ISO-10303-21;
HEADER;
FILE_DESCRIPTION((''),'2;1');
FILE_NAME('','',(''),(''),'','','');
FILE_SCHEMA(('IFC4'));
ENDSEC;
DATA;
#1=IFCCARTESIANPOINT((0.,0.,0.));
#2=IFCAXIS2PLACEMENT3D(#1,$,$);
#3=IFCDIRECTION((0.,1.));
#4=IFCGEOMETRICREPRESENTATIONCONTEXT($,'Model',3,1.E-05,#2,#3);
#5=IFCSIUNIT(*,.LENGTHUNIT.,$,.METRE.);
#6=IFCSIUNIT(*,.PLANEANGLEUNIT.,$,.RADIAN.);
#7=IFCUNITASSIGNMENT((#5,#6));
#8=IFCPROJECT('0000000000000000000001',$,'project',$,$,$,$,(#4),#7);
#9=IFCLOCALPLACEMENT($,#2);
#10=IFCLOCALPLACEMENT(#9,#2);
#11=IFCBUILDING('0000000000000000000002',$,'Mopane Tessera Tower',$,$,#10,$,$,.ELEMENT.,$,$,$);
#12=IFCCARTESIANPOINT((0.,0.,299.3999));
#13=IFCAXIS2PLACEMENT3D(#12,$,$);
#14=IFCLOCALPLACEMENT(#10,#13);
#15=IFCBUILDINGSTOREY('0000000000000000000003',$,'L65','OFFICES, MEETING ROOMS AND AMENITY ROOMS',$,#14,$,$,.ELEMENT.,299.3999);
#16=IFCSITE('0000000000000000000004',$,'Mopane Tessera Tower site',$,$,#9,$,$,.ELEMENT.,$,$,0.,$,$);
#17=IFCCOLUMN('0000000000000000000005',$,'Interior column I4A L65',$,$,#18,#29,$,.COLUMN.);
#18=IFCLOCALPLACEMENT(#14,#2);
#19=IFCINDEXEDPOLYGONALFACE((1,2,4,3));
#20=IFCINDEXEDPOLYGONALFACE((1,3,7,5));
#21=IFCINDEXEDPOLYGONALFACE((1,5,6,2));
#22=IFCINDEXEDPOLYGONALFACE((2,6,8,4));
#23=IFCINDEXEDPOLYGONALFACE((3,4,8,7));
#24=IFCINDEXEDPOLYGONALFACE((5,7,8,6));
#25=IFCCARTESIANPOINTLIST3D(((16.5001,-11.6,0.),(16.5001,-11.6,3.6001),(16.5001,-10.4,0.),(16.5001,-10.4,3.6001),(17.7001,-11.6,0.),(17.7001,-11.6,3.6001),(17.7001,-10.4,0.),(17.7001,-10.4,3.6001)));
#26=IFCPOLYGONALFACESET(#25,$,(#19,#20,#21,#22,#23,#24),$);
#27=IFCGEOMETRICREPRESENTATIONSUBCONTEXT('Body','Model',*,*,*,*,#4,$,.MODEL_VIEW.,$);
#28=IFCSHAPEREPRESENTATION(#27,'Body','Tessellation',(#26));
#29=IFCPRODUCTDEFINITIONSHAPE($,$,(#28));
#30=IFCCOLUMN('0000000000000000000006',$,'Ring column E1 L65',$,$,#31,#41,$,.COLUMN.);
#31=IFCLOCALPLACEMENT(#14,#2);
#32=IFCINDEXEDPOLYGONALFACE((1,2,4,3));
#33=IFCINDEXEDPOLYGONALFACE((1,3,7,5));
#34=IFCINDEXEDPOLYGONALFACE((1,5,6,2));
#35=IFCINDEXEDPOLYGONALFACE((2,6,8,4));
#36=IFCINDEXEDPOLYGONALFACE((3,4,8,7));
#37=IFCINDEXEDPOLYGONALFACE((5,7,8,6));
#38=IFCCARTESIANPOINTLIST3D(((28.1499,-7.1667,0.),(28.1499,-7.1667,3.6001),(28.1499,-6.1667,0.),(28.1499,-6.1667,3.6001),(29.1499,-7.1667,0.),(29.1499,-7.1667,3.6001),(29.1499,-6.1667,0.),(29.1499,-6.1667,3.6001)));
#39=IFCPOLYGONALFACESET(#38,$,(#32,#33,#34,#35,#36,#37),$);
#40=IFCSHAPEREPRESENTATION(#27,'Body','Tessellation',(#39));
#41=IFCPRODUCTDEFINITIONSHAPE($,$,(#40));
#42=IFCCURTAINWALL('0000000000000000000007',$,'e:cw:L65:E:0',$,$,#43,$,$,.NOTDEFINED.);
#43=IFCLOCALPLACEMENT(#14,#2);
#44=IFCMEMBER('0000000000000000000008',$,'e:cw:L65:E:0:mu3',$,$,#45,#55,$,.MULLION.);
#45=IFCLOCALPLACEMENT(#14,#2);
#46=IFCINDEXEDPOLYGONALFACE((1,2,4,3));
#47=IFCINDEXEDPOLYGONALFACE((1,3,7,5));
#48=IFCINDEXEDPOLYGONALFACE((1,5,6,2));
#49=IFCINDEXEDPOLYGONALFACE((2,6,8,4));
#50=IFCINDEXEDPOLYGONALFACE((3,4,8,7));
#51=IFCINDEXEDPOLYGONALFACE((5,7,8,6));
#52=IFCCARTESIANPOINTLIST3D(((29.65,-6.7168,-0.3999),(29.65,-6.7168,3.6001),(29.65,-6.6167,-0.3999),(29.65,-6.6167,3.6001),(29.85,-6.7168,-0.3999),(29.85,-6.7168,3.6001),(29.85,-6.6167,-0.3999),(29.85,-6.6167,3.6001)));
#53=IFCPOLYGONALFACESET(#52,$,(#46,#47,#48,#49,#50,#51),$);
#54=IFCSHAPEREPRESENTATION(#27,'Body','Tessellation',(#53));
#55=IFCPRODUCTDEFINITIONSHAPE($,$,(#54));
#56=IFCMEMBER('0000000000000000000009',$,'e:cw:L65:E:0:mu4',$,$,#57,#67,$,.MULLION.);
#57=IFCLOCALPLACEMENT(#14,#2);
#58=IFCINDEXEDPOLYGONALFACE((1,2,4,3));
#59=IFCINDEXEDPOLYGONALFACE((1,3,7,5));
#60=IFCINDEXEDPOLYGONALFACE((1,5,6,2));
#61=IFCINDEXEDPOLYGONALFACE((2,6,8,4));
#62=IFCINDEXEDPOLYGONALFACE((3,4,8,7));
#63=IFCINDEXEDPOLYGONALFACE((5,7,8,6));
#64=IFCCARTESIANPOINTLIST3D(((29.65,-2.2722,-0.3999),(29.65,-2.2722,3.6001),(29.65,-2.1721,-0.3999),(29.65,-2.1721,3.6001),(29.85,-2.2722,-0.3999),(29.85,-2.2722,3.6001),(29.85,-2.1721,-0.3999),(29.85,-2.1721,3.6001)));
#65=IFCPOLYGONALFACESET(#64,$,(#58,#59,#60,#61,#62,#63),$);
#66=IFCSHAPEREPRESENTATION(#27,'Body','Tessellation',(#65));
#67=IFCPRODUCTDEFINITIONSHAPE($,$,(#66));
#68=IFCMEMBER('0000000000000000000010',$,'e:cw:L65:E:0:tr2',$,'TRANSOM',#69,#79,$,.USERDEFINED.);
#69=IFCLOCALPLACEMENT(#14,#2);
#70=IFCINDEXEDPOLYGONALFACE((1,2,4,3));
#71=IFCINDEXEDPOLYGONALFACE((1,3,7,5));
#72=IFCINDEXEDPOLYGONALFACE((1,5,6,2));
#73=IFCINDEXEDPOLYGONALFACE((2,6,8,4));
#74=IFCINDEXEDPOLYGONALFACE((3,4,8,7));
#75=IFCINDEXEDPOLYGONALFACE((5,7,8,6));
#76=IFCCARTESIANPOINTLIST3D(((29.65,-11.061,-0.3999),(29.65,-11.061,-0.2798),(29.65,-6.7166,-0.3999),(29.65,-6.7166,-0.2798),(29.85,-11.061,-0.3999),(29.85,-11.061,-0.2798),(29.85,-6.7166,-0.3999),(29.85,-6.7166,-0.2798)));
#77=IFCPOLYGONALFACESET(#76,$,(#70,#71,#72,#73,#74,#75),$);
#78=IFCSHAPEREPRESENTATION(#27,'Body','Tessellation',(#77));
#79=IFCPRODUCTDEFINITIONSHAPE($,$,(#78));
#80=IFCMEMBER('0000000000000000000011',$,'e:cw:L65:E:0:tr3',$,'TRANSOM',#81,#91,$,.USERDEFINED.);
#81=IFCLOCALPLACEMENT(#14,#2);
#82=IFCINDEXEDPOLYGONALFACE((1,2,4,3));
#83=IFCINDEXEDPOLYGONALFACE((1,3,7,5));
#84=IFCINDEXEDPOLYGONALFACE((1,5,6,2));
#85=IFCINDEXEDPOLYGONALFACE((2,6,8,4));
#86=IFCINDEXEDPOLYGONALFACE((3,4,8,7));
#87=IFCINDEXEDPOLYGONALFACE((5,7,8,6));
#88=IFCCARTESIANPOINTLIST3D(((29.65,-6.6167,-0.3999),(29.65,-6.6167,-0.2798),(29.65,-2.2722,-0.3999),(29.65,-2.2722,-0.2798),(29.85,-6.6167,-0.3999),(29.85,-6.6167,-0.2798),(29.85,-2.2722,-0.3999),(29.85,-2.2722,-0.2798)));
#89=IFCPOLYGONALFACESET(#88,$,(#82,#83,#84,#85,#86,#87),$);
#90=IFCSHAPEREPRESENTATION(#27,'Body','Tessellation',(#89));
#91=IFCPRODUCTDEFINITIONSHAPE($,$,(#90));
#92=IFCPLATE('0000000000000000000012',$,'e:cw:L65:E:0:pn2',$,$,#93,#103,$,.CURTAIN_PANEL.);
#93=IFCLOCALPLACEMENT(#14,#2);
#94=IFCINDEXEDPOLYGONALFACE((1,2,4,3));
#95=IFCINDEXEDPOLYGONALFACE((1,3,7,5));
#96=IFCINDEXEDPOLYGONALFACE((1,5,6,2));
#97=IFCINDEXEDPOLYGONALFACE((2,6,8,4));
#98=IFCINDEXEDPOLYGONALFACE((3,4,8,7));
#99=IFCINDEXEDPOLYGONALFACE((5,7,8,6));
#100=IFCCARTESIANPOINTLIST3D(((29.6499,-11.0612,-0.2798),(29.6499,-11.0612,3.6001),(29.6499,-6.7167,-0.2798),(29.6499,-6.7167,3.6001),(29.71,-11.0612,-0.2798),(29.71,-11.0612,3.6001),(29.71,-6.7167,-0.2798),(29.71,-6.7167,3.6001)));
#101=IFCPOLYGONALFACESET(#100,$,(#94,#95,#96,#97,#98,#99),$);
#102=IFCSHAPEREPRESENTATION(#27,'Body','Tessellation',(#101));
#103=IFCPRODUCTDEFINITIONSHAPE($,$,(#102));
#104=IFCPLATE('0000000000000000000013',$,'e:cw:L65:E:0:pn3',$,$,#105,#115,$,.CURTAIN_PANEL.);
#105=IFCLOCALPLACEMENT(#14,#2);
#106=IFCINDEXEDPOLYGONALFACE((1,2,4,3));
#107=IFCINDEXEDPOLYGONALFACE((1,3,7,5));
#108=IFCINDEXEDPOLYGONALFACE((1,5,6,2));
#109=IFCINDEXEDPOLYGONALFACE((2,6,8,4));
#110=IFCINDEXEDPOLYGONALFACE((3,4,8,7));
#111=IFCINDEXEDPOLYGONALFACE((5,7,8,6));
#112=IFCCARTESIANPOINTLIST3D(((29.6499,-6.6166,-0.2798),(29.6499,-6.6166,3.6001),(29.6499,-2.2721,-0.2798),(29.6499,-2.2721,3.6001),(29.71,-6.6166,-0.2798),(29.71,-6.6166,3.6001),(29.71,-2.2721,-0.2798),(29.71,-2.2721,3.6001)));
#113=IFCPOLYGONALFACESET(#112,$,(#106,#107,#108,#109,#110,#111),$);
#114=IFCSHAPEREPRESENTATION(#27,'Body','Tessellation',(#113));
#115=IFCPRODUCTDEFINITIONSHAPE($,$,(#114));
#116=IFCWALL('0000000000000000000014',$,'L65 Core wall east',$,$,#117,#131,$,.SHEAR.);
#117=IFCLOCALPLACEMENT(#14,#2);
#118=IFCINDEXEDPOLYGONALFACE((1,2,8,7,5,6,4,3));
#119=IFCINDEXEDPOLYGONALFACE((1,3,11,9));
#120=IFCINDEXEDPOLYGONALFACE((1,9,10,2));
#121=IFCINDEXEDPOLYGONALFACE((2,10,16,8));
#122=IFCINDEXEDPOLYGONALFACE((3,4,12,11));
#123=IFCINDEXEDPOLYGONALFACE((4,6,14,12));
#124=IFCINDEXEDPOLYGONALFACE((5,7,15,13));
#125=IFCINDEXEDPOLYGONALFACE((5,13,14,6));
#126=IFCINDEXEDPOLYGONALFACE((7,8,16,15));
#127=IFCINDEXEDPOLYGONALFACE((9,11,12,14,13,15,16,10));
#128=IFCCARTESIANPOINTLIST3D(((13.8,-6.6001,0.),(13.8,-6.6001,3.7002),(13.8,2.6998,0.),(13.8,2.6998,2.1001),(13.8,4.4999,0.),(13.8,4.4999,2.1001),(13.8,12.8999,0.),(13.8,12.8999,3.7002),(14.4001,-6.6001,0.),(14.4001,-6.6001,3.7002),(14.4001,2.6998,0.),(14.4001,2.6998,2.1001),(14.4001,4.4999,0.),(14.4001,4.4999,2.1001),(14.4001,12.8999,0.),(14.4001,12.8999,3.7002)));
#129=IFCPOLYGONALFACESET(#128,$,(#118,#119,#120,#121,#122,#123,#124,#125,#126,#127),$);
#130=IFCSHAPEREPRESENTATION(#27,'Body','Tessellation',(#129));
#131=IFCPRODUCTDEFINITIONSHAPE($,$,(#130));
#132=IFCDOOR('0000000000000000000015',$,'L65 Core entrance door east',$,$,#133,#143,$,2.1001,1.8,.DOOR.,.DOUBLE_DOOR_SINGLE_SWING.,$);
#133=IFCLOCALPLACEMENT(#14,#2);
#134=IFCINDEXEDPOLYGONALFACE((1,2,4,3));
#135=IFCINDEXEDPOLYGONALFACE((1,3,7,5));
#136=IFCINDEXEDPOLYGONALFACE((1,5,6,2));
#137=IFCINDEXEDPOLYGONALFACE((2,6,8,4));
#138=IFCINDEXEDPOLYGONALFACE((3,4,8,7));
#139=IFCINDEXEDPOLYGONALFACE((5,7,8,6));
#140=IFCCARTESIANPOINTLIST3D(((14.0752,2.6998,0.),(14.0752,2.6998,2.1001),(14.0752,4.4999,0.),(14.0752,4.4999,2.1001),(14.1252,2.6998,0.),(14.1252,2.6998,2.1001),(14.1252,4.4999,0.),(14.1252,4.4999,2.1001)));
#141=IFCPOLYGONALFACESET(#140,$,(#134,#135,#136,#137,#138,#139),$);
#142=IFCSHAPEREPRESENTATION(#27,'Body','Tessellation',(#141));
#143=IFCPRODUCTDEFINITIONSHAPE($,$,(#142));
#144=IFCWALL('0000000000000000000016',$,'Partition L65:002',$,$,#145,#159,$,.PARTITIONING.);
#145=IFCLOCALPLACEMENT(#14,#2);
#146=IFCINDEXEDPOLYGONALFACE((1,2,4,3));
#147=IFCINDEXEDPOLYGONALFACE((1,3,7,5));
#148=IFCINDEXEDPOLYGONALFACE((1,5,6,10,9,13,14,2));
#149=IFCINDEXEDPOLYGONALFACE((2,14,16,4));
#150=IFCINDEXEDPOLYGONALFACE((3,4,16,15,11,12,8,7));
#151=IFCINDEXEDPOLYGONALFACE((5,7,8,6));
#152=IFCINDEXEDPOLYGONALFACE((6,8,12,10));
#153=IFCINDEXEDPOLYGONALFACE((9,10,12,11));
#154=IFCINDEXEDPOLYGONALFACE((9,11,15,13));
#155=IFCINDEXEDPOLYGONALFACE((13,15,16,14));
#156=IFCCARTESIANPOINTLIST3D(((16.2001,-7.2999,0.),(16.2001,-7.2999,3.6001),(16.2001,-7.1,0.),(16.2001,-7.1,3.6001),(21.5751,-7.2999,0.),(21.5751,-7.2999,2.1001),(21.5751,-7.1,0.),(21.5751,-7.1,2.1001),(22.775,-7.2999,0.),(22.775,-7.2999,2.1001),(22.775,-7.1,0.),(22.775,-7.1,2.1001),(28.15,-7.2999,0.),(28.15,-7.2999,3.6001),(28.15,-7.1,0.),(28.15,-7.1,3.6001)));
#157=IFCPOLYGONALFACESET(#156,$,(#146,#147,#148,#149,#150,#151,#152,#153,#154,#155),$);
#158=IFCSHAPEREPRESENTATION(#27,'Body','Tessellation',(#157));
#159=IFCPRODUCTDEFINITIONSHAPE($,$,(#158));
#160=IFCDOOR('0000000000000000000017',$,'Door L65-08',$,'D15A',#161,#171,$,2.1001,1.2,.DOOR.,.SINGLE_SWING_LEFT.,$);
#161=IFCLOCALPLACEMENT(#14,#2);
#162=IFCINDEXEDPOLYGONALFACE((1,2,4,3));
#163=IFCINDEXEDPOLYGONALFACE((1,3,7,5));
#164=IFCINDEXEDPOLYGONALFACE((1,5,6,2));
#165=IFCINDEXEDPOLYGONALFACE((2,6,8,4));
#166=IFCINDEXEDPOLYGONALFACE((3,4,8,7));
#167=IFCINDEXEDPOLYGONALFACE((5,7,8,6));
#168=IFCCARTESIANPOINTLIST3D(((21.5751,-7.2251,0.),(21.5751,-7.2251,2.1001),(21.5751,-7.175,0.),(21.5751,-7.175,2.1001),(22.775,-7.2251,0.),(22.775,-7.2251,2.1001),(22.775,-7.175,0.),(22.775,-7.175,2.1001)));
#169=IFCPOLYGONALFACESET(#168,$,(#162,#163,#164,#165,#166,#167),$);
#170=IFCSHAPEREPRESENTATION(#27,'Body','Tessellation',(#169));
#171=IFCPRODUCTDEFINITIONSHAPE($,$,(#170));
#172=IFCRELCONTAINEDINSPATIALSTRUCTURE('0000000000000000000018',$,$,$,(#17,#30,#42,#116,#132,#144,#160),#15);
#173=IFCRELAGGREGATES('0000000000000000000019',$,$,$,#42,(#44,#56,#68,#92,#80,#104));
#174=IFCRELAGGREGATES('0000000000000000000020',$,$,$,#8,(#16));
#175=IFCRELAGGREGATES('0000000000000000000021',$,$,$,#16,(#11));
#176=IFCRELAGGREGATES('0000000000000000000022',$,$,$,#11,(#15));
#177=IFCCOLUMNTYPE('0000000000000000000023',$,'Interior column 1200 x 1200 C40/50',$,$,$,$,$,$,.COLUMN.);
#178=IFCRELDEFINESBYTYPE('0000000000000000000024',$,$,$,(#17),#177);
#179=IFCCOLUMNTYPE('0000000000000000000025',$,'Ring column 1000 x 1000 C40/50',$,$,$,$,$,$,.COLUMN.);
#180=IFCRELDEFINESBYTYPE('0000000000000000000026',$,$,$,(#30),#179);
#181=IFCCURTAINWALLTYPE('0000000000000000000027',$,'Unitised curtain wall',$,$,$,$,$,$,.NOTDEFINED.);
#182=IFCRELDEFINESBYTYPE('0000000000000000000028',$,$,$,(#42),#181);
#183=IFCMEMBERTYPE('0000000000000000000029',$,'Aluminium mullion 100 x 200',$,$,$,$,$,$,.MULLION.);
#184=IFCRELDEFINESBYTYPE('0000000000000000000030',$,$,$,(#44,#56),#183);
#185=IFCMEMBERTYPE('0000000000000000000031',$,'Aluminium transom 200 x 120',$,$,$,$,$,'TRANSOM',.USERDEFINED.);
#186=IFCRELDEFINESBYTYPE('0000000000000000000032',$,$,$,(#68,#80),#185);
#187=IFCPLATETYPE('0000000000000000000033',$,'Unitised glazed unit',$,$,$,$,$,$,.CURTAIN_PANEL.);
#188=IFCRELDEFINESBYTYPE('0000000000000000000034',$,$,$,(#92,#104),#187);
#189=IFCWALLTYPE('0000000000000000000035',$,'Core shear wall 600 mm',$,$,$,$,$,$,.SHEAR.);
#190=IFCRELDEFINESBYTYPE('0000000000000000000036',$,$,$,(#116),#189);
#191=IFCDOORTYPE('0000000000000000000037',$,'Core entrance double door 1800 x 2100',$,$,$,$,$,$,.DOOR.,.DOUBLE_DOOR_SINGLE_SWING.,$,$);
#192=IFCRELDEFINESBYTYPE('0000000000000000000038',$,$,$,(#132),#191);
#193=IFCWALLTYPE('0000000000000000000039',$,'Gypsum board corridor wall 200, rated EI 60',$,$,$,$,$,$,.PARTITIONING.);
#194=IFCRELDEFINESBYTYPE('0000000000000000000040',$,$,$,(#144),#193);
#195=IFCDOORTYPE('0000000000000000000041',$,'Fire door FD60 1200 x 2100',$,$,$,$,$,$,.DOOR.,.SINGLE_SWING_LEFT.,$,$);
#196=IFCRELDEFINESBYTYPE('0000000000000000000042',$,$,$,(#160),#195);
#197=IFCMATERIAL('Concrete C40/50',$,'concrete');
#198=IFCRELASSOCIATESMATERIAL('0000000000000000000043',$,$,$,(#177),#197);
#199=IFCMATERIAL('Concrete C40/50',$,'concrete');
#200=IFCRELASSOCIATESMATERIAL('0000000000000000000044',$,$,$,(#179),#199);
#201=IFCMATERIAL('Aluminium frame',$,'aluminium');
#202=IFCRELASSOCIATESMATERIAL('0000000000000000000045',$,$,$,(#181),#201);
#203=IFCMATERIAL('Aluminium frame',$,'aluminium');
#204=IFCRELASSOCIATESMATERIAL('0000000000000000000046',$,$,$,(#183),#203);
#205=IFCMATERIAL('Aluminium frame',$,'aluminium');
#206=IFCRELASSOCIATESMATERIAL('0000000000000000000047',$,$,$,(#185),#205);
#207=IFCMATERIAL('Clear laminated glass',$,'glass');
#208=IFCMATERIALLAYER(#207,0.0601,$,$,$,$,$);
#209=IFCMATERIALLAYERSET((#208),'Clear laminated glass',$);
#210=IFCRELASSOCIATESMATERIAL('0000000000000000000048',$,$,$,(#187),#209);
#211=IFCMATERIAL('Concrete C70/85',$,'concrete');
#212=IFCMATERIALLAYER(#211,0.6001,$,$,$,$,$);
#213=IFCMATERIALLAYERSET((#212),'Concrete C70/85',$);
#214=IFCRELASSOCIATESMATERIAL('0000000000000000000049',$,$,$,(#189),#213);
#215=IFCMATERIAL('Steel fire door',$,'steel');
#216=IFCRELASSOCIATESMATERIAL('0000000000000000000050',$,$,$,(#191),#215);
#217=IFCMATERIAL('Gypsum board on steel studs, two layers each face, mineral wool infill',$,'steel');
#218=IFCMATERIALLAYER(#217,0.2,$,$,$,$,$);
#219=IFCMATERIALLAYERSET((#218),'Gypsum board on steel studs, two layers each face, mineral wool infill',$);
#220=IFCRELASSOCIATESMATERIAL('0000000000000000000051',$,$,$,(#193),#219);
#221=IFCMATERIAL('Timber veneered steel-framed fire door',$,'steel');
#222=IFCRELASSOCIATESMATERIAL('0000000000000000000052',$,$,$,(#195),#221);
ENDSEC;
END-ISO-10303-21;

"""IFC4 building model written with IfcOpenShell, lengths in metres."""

from ifc_helpers import new_model, si_unit, direction, frame, frame_2d, origin, origin_2d, place, context, subcontext, project, spatial, rectangle, extrude, material, layer, layer_set, material_profile, profile_set, type_object, element, fill, aggregate, save


model = new_model("IFC4")

# Units and contexts
model_context = context("Model", 3, precision=1e-05, world=origin(), true_north=direction((0.0, 1.0)))
body_context = subcontext(model_context, "Body", "Model", "MODEL_VIEW")
ifc_project = project(units=[si_unit("LENGTHUNIT", "METRE"), si_unit("PLANEANGLEUNIT", "RADIAN")], contexts=[model_context])

# Site, building, storey
site_placement = place(None, origin())
site = spatial("IfcSite", under=ifc_project, at=site_placement, Name="Mopane Tessera Tower site", CompositionType="ELEMENT", RefElevation=0.0)
building_placement = place(site_placement, origin())
building = spatial("IfcBuilding", under=site, at=building_placement, Name="Mopane Tessera Tower", CompositionType="ELEMENT")
storey_placement = place(building_placement, frame((0.0, 0.0, 299.3999)))
storey = spatial("IfcBuildingStorey", under=building, at=storey_placement, Name="L65", Description="OFFICES, MEETING ROOMS AND AMENITY ROOMS", CompositionType="ELEMENT", Elevation=299.3999)

# Columns
ifc_material_1 = material(Name="Concrete C40/50", Category="concrete")
ifc_material_profile_1 = material_profile(ifc_material_1, rectangle(XDim=1.2, YDim=1.2, at=origin_2d()))
ifc_profile_set_1 = profile_set([ifc_material_profile_1], Name="Concrete C40/50")
column_type_1 = type_object("IfcColumnType", Name="Interior column 1200 x 1200 C40/50", PredefinedType="COLUMN", material=ifc_profile_set_1)
column_1_placement = place(storey_placement, frame((17.1001, -11.0, 0.0), z_axis=(0.0, 0.0, 1.0), x_axis=(1.0, 0.0, 0.0)))
element("IfcColumn", 1, at=column_1_placement, inside=storey, type_object=column_type_1, Name="Interior column I4A L65", PredefinedType="COLUMN", context=body_context, shape_type="SweptSolid", body=[
    extrude(rectangle(XDim=1.2, YDim=1.2, at=origin_2d()), origin(), (0.0, 0.0, 1.0), 3.6001),
])
ifc_material_2 = material(Name="Concrete C40/50", Category="concrete")
ifc_material_profile_2 = material_profile(ifc_material_2, rectangle(XDim=1.0, YDim=1.0, at=origin_2d()))
ifc_profile_set_2 = profile_set([ifc_material_profile_2], Name="Concrete C40/50")
column_type_2 = type_object("IfcColumnType", Name="Ring column 1000 x 1000 C40/50", PredefinedType="COLUMN", material=ifc_profile_set_2)
column_2_placement = place(storey_placement, frame((28.6499, -6.6667, 0.0), z_axis=(0.0, 0.0, 1.0), x_axis=(1.0, 0.0, 0.0)))
element("IfcColumn", 2, at=column_2_placement, inside=storey, type_object=column_type_2, Name="Ring column E1 L65", PredefinedType="COLUMN", context=body_context, shape_type="SweptSolid", body=[
    extrude(rectangle(XDim=1.0, YDim=1.0, at=origin_2d()), origin(), (0.0, 0.0, 1.0), 3.6001),
])

# Curtain wall, members, plates
ifc_material_3 = material(Name="Aluminium frame", Category="aluminium")
curtain_wall_type = type_object("IfcCurtainWallType", Name="Unitised curtain wall", PredefinedType="NOTDEFINED", material=ifc_material_3)
curtain_wall_placement = place(storey_placement, origin())
curtain_wall = element("IfcCurtainWall", 3, at=curtain_wall_placement, inside=storey, type_object=curtain_wall_type, Name="e:cw:L65:E:0", PredefinedType="NOTDEFINED")
ifc_material_4 = material(Name="Aluminium frame", Category="aluminium")
ifc_material_profile_3 = material_profile(ifc_material_4, rectangle(XDim=0.1001, YDim=0.2, at=origin_2d()))
ifc_profile_set_3 = profile_set([ifc_material_profile_3], Name="Aluminium frame")
member_type_1 = type_object("IfcMemberType", Name="Aluminium mullion 100 x 200", PredefinedType="MULLION", material=ifc_profile_set_3)
member_1_placement = place(storey_placement, frame((29.75, -6.6667, -0.3999), z_axis=(0.0, 0.0, 1.0), x_axis=(0.0, 1.0, 0.0)))
member_1 = element("IfcMember", 4, at=member_1_placement, type_object=member_type_1, Name="e:cw:L65:E:0:mu3", PredefinedType="MULLION", context=body_context, shape_type="SweptSolid", body=[
    extrude(rectangle(XDim=0.1001, YDim=0.2, at=origin_2d()), origin(), (0.0, 0.0, 1.0), 4.0),
])
member_2_placement = place(storey_placement, frame((29.75, -2.2222, -0.3999), z_axis=(0.0, 0.0, 1.0), x_axis=(0.0, 1.0, 0.0)))
member_2 = element("IfcMember", 5, at=member_2_placement, type_object=member_type_1, Name="e:cw:L65:E:0:mu4", PredefinedType="MULLION", context=body_context, shape_type="SweptSolid", body=[
    extrude(rectangle(XDim=0.1001, YDim=0.2, at=origin_2d()), origin(), (0.0, 0.0, 1.0), 4.0),
])
ifc_material_5 = material(Name="Aluminium frame", Category="aluminium")
ifc_material_profile_4 = material_profile(ifc_material_5, rectangle(XDim=0.2, YDim=0.1201, at=origin_2d()))
ifc_profile_set_4 = profile_set([ifc_material_profile_4], Name="Aluminium frame")
member_type_2 = type_object("IfcMemberType", Name="Aluminium transom 200 x 120", ElementType="TRANSOM", PredefinedType="USERDEFINED", material=ifc_profile_set_4)
member_3_placement = place(storey_placement, frame((29.75, -11.061, -0.3398), z_axis=(0.0, 1.0, 0.0), x_axis=(-1.0, 0.0, 0.0)))
member_3 = element("IfcMember", 6, at=member_3_placement, type_object=member_type_2, Name="e:cw:L65:E:0:tr2", ObjectType="TRANSOM", PredefinedType="USERDEFINED", context=body_context, shape_type="SweptSolid", body=[
    extrude(rectangle(XDim=0.2, YDim=0.1201, at=origin_2d()), origin(), (0.0, 0.0, 1.0), 4.3445),
])
member_4_placement = place(storey_placement, frame((29.75, -6.6167, -0.3398), z_axis=(0.0, 1.0, 0.0), x_axis=(-1.0, 0.0, 0.0)))
member_4 = element("IfcMember", 7, at=member_4_placement, type_object=member_type_2, Name="e:cw:L65:E:0:tr3", ObjectType="TRANSOM", PredefinedType="USERDEFINED", context=body_context, shape_type="SweptSolid", body=[
    extrude(rectangle(XDim=0.2, YDim=0.1201, at=origin_2d()), origin(), (0.0, 0.0, 1.0), 4.3445),
])
ifc_material_6 = material(Name="Clear laminated glass", Category="glass")
ifc_layer_1 = layer(ifc_material_6, 0.0601)
ifc_layer_set_1 = layer_set([ifc_layer_1], Name="Clear laminated glass")
plate_type = type_object("IfcPlateType", Name="Unitised glazed unit", PredefinedType="CURTAIN_PANEL", material=ifc_layer_set_1)
plate_1_placement = place(storey_placement, frame((29.6799, -8.8889, -0.2798), z_axis=(0.0, 0.0, 1.0), x_axis=(0.0, 1.0, 0.0)))
plate_1 = element("IfcPlate", 8, at=plate_1_placement, type_object=plate_type, Name="e:cw:L65:E:0:pn2", PredefinedType="CURTAIN_PANEL", context=body_context, shape_type="SweptSolid", body=[
    extrude(rectangle(XDim=4.3445, YDim=0.0601, at=origin_2d()), origin(), (0.0, 0.0, 1.0), 3.8799),
])
plate_2_placement = place(storey_placement, frame((29.6799, -4.4443, -0.2798), z_axis=(0.0, 0.0, 1.0), x_axis=(0.0, 1.0, 0.0)))
plate_2 = element("IfcPlate", 9, at=plate_2_placement, type_object=plate_type, Name="e:cw:L65:E:0:pn3", PredefinedType="CURTAIN_PANEL", context=body_context, shape_type="SweptSolid", body=[
    extrude(rectangle(XDim=4.3445, YDim=0.0601, at=origin_2d()), origin(), (0.0, 0.0, 1.0), 3.8799),
])
aggregate(curtain_wall, [member_1, member_2, member_3, plate_1, member_4, plate_2])

# Walls, openings, doors
ifc_material_7 = material(Name="Concrete C70/85", Category="concrete")
ifc_layer_2 = layer(ifc_material_7, 0.6001)
ifc_layer_set_2 = layer_set([ifc_layer_2], Name="Concrete C70/85")
wall_type_1 = type_object("IfcWallType", Name="Core shear wall 600 mm", PredefinedType="SHEAR", material=ifc_layer_set_2)
wall_1_placement = place(storey_placement, frame((14.1001, -6.6001, 0.0), z_axis=(0.0, 0.0, 1.0), x_axis=(0.0, 1.0, 0.0)))
wall_1 = element("IfcWall", 10, at=wall_1_placement, inside=storey, type_object=wall_type_1, Name="L65 Core wall east", PredefinedType="SHEAR", context=body_context, shape_type="SweptSolid", body=[
    extrude(rectangle(XDim=19.5, YDim=0.6001, at=frame_2d((9.75, 0.0))), origin(), (0.0, 0.0, 1.0), 3.7002),
])
opening_1_placement = place(wall_1_placement, frame((9.3, 0.0, 0.0)))
opening_1 = element("IfcOpeningElement", 11, at=opening_1_placement, cuts=wall_1, PredefinedType="OPENING", context=body_context, shape_type="SweptSolid", body=[
    extrude(rectangle(XDim=1.8, YDim=2.1001, at=frame_2d((0.8999, 1.05))), frame((0.0, 0.312, 0.0), z_axis=(0.0, -1.0, 0.0), x_axis=(1.0, 0.0, 0.0)), (0.0, 0.0, 1.0), 0.624),
])
ifc_material_8 = material(Name="Steel fire door", Category="steel")
door_type_1 = type_object("IfcDoorType", Name="Core entrance double door 1800 x 2100", OperationType="DOUBLE_DOOR_SINGLE_SWING", PredefinedType="DOOR", material=ifc_material_8)
door_1_placement = place(opening_1_placement, origin())
door_1 = element("IfcDoor", 12, at=door_1_placement, inside=storey, type_object=door_type_1, Name="L65 Core entrance door east", OperationType="DOUBLE_DOOR_SINGLE_SWING", OverallHeight=2.1001, OverallWidth=1.8, PredefinedType="DOOR", context=body_context, shape_type="SweptSolid", body=[
    extrude(rectangle(XDim=1.8, YDim=2.1001, at=frame_2d((0.8999, 1.05))), frame((0.0, 0.0249, 0.0), z_axis=(0.0, -1.0, 0.0), x_axis=(1.0, 0.0, 0.0)), (0.0, 0.0, 1.0), 0.05),
])
fill(opening_1, door_1)
ifc_material_9 = material(Name="Gypsum board on steel studs, two layers each face, mineral wool infill", Category="steel")
ifc_layer_3 = layer(ifc_material_9, 0.2)
ifc_layer_set_3 = layer_set([ifc_layer_3], Name="Gypsum board on steel studs, two layers each face, mineral wool infill")
wall_type_2 = type_object("IfcWallType", Name="Gypsum board corridor wall 200, rated EI 60", PredefinedType="PARTITIONING", material=ifc_layer_set_3)
wall_2_placement = place(storey_placement, frame((16.2, -7.2, 0.0), z_axis=(0.0, 0.0, 1.0), x_axis=(1.0, 0.0, 0.0)))
wall_2 = element("IfcWall", 13, at=wall_2_placement, inside=storey, type_object=wall_type_2, Name="Partition L65:002", PredefinedType="PARTITIONING", context=body_context, shape_type="SweptSolid", body=[
    extrude(rectangle(XDim=11.95, YDim=0.2, at=frame_2d((5.9751, 0.0))), origin(), (0.0, 0.0, 1.0), 3.6001),
])
opening_2_placement = place(wall_2_placement, frame((5.375, 0.0, 0.0)))
opening_2 = element("IfcOpeningElement", 14, at=opening_2_placement, cuts=wall_2, PredefinedType="OPENING", context=body_context, shape_type="SweptSolid", body=[
    extrude(rectangle(XDim=1.2, YDim=2.1001, at=frame_2d((0.6001, 1.05))), frame((0.0, 0.1121, 0.0), z_axis=(0.0, -1.0, 0.0), x_axis=(1.0, 0.0, 0.0)), (0.0, 0.0, 1.0), 0.2239),
])
ifc_material_10 = material(Name="Timber veneered steel-framed fire door", Category="steel")
door_type_2 = type_object("IfcDoorType", Name="Fire door FD60 1200 x 2100", OperationType="SINGLE_SWING_LEFT", PredefinedType="DOOR", material=ifc_material_10)
door_2_placement = place(opening_2_placement, origin())
door_2 = element("IfcDoor", 15, at=door_2_placement, inside=storey, type_object=door_type_2, Name="Door L65-08", ObjectType="D15A", OperationType="SINGLE_SWING_LEFT", OverallHeight=2.1001, OverallWidth=1.2, PredefinedType="DOOR", context=body_context, shape_type="SweptSolid", body=[
    extrude(rectangle(XDim=1.2, YDim=2.1001, at=frame_2d((0.6001, 1.05))), frame((0.0, 0.0249, 0.0), z_axis=(0.0, -1.0, 0.0), x_axis=(1.0, 0.0, 0.0)), (0.0, 0.0, 1.0), 0.05),
])
fill(opening_2, door_2)

save(model, "model.ifc")
